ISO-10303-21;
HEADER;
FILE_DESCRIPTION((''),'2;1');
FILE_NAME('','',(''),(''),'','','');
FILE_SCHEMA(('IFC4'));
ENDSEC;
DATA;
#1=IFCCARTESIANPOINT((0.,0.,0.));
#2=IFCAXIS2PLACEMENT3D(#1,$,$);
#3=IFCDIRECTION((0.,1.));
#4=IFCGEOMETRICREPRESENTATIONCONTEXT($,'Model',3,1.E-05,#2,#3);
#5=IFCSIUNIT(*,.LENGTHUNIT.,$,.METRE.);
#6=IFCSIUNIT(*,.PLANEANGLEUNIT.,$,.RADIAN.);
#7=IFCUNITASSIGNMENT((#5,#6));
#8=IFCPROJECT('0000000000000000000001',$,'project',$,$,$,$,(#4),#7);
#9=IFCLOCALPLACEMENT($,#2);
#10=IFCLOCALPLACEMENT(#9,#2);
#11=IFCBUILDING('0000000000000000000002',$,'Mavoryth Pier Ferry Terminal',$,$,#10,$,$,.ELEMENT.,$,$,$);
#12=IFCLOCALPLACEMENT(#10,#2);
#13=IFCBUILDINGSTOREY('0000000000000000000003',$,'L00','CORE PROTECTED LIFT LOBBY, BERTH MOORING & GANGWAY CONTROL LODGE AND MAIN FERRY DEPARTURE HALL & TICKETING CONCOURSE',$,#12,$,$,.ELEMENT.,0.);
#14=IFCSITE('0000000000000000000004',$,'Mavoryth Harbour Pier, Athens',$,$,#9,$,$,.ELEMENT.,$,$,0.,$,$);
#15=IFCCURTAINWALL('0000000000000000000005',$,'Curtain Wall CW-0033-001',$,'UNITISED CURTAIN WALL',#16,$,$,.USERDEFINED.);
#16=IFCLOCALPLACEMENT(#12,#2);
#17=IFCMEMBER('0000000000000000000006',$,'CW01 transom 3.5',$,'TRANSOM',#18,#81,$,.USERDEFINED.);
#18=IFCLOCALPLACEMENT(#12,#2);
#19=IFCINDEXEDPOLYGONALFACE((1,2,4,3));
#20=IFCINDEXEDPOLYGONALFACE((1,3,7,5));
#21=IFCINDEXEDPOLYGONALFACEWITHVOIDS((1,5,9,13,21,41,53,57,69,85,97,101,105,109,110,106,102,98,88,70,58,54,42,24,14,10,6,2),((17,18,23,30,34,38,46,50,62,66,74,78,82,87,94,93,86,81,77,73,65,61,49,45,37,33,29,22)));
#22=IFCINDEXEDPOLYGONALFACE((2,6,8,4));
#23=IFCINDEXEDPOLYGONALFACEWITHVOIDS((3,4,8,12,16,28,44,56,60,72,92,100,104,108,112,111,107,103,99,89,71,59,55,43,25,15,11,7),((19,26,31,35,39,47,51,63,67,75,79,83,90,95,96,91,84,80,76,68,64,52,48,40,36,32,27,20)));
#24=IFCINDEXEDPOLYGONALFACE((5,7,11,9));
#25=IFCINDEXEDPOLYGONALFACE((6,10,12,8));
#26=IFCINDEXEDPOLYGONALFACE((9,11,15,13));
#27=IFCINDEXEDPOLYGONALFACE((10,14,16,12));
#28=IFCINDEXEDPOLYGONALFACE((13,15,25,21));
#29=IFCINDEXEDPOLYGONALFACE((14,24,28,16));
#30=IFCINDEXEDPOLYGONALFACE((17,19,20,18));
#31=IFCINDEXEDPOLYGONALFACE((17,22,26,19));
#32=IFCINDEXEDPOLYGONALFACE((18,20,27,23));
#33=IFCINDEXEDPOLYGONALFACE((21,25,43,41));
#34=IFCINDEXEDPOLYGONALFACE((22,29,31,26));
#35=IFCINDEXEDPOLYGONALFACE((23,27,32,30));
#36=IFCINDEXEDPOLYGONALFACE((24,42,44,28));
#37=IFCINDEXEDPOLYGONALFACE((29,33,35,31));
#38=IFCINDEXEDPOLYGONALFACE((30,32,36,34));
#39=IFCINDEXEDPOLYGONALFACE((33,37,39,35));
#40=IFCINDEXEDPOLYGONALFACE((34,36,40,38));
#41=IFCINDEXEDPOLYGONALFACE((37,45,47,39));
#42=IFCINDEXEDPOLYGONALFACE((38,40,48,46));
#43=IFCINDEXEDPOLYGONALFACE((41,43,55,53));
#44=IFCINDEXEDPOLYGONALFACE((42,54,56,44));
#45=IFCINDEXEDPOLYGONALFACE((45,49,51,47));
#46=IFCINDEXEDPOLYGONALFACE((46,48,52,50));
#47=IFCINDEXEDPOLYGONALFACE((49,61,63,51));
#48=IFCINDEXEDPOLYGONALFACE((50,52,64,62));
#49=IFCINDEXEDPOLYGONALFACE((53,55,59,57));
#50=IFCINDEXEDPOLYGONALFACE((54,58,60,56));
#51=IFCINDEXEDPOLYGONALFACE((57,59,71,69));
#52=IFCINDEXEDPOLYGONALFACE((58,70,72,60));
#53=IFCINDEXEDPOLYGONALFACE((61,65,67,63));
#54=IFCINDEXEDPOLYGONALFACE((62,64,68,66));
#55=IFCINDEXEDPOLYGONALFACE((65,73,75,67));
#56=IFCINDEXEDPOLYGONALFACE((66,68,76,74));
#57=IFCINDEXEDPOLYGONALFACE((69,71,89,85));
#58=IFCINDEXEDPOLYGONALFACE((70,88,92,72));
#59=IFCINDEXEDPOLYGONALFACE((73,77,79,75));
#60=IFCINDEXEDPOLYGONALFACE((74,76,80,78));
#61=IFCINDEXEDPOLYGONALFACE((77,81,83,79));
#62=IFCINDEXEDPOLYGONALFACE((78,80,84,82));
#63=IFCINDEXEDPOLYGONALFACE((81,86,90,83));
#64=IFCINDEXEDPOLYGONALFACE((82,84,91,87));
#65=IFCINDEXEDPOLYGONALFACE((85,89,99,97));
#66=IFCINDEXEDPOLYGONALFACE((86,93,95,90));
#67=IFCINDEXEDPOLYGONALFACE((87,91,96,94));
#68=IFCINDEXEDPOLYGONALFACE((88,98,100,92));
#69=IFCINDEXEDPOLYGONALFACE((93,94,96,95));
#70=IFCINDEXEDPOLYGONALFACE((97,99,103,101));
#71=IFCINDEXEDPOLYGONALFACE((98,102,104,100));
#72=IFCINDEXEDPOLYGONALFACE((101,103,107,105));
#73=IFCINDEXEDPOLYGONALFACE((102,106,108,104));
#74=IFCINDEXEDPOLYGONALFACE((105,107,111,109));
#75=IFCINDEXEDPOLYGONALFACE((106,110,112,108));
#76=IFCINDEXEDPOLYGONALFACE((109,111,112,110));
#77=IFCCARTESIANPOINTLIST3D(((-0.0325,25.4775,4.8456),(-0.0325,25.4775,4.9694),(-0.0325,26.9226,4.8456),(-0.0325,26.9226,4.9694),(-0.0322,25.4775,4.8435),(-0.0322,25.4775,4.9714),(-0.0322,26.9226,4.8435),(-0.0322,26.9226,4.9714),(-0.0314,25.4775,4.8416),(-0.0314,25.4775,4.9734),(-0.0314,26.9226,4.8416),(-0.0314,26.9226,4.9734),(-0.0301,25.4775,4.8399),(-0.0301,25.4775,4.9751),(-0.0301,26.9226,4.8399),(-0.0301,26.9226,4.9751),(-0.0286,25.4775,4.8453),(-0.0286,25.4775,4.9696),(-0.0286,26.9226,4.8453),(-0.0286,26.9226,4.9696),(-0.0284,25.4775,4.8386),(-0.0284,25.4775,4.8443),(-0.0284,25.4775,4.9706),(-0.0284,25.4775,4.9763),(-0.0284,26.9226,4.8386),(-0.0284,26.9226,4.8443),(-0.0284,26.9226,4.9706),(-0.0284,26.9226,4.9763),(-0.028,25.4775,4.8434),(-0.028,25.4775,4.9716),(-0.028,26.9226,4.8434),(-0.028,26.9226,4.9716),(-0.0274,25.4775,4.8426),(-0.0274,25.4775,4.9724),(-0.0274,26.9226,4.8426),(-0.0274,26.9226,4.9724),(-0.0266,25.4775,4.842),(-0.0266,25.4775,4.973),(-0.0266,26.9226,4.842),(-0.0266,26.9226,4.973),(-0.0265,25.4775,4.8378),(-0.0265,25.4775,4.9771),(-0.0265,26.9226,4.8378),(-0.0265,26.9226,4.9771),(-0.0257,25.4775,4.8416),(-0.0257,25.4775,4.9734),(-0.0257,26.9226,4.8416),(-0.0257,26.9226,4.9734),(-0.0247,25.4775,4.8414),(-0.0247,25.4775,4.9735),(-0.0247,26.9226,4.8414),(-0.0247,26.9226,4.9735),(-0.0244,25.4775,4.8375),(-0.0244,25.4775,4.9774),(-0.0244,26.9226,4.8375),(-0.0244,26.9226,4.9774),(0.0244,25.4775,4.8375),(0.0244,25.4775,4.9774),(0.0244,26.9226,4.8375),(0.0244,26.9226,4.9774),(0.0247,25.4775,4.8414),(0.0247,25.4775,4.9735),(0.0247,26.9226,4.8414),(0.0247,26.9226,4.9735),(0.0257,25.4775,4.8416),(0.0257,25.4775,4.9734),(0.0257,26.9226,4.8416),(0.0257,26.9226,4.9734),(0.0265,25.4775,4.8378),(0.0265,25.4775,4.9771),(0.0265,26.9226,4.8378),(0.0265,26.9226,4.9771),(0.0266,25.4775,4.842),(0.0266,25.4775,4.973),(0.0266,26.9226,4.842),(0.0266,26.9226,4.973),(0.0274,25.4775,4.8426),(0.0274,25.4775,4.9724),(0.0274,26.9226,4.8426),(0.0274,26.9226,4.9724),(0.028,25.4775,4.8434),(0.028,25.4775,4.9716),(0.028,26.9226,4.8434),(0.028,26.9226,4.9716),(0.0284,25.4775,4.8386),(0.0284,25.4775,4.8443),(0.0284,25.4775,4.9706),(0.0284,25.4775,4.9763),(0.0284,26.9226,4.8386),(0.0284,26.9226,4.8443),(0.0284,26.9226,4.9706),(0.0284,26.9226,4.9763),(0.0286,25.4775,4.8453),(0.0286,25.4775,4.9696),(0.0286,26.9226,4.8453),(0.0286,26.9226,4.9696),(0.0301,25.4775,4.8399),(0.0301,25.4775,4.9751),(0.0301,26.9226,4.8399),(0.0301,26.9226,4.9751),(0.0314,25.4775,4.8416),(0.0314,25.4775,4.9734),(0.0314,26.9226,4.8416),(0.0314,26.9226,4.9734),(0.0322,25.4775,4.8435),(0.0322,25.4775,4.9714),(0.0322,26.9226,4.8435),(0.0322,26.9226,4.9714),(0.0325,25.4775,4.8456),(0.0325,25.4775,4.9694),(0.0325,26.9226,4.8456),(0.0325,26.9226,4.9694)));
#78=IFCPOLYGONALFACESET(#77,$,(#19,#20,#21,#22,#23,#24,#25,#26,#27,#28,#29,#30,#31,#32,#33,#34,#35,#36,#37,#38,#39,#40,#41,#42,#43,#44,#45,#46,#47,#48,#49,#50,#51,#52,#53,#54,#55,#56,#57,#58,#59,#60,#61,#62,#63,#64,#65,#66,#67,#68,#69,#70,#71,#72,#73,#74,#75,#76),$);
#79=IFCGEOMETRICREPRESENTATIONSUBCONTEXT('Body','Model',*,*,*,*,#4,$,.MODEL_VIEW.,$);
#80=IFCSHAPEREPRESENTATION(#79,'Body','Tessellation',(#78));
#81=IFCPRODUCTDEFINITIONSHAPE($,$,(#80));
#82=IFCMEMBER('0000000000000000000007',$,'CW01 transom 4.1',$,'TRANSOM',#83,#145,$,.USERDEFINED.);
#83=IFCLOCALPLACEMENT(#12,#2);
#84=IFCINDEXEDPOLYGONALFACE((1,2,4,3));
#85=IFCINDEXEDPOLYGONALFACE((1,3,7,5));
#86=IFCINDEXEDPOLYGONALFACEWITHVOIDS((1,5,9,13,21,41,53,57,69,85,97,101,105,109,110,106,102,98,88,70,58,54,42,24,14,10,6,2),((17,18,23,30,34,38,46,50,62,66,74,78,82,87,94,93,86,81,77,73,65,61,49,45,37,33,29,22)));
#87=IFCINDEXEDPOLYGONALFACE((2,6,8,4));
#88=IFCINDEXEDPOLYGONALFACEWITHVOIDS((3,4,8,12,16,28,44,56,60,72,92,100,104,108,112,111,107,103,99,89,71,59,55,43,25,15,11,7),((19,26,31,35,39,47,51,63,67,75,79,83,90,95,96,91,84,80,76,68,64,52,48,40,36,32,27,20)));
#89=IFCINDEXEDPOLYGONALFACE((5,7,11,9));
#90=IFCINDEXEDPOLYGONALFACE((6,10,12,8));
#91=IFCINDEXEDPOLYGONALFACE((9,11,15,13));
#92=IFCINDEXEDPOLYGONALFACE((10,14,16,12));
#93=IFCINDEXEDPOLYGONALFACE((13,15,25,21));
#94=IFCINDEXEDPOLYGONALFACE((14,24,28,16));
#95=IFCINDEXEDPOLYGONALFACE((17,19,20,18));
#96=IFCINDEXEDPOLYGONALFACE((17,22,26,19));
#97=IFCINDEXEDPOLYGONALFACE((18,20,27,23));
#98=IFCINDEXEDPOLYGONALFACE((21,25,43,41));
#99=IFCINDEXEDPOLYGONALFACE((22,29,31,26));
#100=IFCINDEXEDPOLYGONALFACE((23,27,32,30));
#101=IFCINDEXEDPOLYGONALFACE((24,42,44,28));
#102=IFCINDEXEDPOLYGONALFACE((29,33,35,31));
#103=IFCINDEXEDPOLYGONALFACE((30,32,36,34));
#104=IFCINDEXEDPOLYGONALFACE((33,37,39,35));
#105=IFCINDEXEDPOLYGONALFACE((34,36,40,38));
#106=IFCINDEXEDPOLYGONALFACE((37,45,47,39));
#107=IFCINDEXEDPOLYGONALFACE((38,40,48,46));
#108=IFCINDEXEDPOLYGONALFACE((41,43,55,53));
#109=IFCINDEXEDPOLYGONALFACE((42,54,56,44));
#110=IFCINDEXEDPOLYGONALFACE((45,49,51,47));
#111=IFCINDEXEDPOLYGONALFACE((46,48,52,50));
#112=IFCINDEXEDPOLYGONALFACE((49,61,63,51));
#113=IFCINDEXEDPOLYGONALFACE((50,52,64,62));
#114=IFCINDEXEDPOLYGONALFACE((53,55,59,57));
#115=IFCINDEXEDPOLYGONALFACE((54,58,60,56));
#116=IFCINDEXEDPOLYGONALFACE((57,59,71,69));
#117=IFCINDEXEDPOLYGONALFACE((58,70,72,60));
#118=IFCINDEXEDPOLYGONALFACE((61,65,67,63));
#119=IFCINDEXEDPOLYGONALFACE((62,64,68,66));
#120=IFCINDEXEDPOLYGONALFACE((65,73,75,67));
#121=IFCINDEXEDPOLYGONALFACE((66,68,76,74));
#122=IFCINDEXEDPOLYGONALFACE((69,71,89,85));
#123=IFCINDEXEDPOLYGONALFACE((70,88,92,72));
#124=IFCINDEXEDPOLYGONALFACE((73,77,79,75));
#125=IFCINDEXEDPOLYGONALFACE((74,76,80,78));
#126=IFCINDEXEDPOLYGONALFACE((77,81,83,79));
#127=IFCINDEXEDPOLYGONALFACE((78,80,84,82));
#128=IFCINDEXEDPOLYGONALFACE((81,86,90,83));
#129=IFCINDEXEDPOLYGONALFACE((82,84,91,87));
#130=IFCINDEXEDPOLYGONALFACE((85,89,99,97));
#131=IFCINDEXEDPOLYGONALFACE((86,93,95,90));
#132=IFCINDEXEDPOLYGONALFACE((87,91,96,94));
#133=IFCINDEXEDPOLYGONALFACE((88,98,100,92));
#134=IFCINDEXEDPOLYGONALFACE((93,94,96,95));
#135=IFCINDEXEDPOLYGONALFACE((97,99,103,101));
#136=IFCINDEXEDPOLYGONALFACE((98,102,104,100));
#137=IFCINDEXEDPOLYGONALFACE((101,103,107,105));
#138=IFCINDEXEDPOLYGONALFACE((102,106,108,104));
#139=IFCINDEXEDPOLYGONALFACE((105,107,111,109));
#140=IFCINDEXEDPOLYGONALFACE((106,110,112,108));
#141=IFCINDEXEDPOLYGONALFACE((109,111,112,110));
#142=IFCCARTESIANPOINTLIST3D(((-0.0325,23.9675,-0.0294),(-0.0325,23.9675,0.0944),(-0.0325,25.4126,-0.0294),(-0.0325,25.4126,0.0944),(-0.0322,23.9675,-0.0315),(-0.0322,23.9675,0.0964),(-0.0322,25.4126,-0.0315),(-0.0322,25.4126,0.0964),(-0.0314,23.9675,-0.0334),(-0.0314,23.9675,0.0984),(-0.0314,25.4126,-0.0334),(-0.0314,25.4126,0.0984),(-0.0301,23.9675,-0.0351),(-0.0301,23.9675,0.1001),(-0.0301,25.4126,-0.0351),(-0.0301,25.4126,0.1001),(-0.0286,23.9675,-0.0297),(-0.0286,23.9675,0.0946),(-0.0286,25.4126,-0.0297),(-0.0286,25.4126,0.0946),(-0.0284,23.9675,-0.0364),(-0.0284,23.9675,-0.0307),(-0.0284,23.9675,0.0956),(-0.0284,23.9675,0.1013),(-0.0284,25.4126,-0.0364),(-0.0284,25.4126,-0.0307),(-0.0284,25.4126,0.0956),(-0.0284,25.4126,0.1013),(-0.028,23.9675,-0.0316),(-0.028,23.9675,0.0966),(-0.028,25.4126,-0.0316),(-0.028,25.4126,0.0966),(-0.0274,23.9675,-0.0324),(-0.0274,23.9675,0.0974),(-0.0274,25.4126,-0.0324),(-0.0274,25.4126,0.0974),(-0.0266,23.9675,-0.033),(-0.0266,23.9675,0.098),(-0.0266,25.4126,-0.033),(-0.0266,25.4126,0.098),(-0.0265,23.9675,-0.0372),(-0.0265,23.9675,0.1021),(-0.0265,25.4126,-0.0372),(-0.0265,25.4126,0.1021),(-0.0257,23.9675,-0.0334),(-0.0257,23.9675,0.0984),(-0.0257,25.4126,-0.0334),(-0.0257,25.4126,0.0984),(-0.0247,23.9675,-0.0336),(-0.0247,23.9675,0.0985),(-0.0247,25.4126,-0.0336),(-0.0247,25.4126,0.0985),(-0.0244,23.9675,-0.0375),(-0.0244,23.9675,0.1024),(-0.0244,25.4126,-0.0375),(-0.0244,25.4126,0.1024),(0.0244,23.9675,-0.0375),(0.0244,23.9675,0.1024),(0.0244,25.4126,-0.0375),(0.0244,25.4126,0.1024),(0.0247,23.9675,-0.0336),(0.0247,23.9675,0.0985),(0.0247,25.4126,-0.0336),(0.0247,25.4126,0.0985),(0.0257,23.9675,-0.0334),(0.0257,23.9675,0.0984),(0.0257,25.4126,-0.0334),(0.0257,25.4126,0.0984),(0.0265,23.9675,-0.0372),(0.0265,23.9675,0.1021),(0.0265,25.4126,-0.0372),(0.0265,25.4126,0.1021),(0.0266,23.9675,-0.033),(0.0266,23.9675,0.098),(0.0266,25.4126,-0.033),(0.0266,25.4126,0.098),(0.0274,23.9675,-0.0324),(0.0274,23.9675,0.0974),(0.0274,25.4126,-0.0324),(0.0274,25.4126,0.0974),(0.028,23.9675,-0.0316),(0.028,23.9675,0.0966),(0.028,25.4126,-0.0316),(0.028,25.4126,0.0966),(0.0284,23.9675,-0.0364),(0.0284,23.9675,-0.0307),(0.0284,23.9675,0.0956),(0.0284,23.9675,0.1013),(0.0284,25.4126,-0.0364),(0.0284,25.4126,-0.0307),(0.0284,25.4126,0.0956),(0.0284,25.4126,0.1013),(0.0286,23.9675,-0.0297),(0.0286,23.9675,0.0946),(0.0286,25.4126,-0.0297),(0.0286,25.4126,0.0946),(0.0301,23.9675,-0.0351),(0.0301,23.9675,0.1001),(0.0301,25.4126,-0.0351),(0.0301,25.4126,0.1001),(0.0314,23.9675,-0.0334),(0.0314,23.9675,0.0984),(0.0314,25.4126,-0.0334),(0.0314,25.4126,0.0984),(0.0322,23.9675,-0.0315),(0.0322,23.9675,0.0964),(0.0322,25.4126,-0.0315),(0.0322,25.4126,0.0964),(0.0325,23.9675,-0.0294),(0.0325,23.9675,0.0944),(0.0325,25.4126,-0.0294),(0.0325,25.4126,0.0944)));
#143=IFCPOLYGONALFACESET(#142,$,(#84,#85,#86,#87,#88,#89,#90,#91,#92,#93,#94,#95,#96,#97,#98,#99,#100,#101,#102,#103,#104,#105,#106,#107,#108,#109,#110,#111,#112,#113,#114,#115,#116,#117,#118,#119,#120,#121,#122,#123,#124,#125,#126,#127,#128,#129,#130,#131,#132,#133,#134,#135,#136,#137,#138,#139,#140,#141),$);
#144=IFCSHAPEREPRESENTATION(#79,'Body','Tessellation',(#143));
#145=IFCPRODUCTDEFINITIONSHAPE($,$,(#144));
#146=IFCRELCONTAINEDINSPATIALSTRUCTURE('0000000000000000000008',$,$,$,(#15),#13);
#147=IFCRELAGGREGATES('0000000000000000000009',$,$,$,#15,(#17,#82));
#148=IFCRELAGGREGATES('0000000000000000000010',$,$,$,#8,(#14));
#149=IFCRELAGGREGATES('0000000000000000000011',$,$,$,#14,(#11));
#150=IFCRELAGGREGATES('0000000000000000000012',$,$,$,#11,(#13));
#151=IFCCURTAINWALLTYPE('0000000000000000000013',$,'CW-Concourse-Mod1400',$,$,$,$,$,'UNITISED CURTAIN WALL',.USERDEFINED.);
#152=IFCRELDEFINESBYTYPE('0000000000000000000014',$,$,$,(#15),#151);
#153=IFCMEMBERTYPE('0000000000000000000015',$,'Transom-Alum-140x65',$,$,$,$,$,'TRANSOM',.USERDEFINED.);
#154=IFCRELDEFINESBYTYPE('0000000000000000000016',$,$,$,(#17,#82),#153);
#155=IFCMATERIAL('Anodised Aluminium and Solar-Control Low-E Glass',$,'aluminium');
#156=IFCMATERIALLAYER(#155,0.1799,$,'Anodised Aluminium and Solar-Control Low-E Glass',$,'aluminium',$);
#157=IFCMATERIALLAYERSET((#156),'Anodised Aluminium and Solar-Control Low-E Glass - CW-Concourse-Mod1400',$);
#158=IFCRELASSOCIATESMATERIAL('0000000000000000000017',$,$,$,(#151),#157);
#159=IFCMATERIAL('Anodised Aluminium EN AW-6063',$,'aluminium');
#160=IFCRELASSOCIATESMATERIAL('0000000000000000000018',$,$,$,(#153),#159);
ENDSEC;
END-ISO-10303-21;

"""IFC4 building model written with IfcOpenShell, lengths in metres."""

from ifc_helpers import new_model, si_unit, direction, frame, origin, origin_2d, place, context, subcontext, project, spatial, hollow_rectangle, extrude, material, layer, layer_set, material_profile, profile_set, type_object, element, aggregate, save


model = new_model("IFC4")

# Units and contexts
model_context = context("Model", 3, precision=1e-05, world=origin(), true_north=direction((0.0, 1.0)))
body_context = subcontext(model_context, "Body", "Model", "MODEL_VIEW")
ifc_project = project(units=[si_unit("LENGTHUNIT", "METRE"), si_unit("PLANEANGLEUNIT", "RADIAN")], contexts=[model_context])

# Site, building, storey
site_placement = place(None, origin())
site = spatial("IfcSite", under=ifc_project, at=site_placement, Name="Mavoryth Harbour Pier, Athens", CompositionType="ELEMENT", RefElevation=0.0)
building_placement = place(site_placement, origin())
building = spatial("IfcBuilding", under=site, at=building_placement, Name="Mavoryth Pier Ferry Terminal", CompositionType="ELEMENT")
storey_placement = place(building_placement, origin())
storey = spatial("IfcBuildingStorey", under=building, at=storey_placement, Name="L00", Description="CORE PROTECTED LIFT LOBBY, BERTH MOORING & GANGWAY CONTROL LODGE AND MAIN FERRY DEPARTURE HALL & TICKETING CONCOURSE", CompositionType="ELEMENT", Elevation=0.0)

# Curtain wall, members
ifc_material_1 = material(Name="Anodised Aluminium and Solar-Control Low-E Glass", Category="aluminium")
ifc_layer_1 = layer(ifc_material_1, 0.1799, Name="Anodised Aluminium and Solar-Control Low-E Glass", Category="aluminium")
ifc_layer_set_1 = layer_set([ifc_layer_1], Name="Anodised Aluminium and Solar-Control Low-E Glass - CW-Concourse-Mod1400")
curtain_wall_type = type_object("IfcCurtainWallType", Name="CW-Concourse-Mod1400", ElementType="UNITISED CURTAIN WALL", PredefinedType="USERDEFINED", material=ifc_layer_set_1)
curtain_wall_placement = place(storey_placement, origin())
curtain_wall = element("IfcCurtainWall", 1, at=curtain_wall_placement, inside=storey, type_object=curtain_wall_type, Name="Curtain Wall CW-0033-001", ObjectType="UNITISED CURTAIN WALL", PredefinedType="USERDEFINED")
ifc_material_2 = material(Name="Anodised Aluminium EN AW-6063", Category="aluminium")
ifc_material_profile_1 = material_profile(ifc_material_2, hollow_rectangle(XDim=0.0649, YDim=0.1399, WallThickness=0.0039, InnerFilletRadius=0.0039, OuterFilletRadius=0.0081, at=origin_2d()), Name="AL-TRAN 140x65x4", Category="aluminium")
ifc_profile_set_1 = profile_set([ifc_material_profile_1], Name="Anodised Aluminium EN AW-6063 - AL-TRAN 140x65x4")
member_type_1 = type_object("IfcMemberType", Name="Transom-Alum-140x65", ElementType="TRANSOM", PredefinedType="USERDEFINED", material=ifc_profile_set_1)
member_1_placement = place(storey_placement, frame((0.0, 26.9226, 4.9075), z_axis=(0.0, -1.0, 0.0), x_axis=(1.0, 0.0, 0.0)))
member_1 = element("IfcMember", 2, at=member_1_placement, type_object=member_type_1, Name="CW01 transom 3.5", ObjectType="TRANSOM", PredefinedType="USERDEFINED", context=body_context, shape_type="SweptSolid", body=[
    extrude(hollow_rectangle(XDim=0.0649, YDim=0.1399, WallThickness=0.0039, InnerFilletRadius=0.0039, OuterFilletRadius=0.0081, at=origin_2d()), origin(), (0.0, 0.0, 1.0), 1.4451),
])
member_2_placement = place(storey_placement, frame((0.0, 25.4126, 0.0325), z_axis=(0.0, -1.0, 0.0), x_axis=(1.0, 0.0, 0.0)))
member_2 = element("IfcMember", 3, at=member_2_placement, type_object=member_type_1, Name="CW01 transom 4.1", ObjectType="TRANSOM", PredefinedType="USERDEFINED", context=body_context, shape_type="SweptSolid", body=[
    extrude(hollow_rectangle(XDim=0.0649, YDim=0.1399, WallThickness=0.0039, InnerFilletRadius=0.0039, OuterFilletRadius=0.0081, at=origin_2d()), origin(), (0.0, 0.0, 1.0), 1.4451),
])
aggregate(curtain_wall, [member_1, member_2])

save(model, "model.ifc")
